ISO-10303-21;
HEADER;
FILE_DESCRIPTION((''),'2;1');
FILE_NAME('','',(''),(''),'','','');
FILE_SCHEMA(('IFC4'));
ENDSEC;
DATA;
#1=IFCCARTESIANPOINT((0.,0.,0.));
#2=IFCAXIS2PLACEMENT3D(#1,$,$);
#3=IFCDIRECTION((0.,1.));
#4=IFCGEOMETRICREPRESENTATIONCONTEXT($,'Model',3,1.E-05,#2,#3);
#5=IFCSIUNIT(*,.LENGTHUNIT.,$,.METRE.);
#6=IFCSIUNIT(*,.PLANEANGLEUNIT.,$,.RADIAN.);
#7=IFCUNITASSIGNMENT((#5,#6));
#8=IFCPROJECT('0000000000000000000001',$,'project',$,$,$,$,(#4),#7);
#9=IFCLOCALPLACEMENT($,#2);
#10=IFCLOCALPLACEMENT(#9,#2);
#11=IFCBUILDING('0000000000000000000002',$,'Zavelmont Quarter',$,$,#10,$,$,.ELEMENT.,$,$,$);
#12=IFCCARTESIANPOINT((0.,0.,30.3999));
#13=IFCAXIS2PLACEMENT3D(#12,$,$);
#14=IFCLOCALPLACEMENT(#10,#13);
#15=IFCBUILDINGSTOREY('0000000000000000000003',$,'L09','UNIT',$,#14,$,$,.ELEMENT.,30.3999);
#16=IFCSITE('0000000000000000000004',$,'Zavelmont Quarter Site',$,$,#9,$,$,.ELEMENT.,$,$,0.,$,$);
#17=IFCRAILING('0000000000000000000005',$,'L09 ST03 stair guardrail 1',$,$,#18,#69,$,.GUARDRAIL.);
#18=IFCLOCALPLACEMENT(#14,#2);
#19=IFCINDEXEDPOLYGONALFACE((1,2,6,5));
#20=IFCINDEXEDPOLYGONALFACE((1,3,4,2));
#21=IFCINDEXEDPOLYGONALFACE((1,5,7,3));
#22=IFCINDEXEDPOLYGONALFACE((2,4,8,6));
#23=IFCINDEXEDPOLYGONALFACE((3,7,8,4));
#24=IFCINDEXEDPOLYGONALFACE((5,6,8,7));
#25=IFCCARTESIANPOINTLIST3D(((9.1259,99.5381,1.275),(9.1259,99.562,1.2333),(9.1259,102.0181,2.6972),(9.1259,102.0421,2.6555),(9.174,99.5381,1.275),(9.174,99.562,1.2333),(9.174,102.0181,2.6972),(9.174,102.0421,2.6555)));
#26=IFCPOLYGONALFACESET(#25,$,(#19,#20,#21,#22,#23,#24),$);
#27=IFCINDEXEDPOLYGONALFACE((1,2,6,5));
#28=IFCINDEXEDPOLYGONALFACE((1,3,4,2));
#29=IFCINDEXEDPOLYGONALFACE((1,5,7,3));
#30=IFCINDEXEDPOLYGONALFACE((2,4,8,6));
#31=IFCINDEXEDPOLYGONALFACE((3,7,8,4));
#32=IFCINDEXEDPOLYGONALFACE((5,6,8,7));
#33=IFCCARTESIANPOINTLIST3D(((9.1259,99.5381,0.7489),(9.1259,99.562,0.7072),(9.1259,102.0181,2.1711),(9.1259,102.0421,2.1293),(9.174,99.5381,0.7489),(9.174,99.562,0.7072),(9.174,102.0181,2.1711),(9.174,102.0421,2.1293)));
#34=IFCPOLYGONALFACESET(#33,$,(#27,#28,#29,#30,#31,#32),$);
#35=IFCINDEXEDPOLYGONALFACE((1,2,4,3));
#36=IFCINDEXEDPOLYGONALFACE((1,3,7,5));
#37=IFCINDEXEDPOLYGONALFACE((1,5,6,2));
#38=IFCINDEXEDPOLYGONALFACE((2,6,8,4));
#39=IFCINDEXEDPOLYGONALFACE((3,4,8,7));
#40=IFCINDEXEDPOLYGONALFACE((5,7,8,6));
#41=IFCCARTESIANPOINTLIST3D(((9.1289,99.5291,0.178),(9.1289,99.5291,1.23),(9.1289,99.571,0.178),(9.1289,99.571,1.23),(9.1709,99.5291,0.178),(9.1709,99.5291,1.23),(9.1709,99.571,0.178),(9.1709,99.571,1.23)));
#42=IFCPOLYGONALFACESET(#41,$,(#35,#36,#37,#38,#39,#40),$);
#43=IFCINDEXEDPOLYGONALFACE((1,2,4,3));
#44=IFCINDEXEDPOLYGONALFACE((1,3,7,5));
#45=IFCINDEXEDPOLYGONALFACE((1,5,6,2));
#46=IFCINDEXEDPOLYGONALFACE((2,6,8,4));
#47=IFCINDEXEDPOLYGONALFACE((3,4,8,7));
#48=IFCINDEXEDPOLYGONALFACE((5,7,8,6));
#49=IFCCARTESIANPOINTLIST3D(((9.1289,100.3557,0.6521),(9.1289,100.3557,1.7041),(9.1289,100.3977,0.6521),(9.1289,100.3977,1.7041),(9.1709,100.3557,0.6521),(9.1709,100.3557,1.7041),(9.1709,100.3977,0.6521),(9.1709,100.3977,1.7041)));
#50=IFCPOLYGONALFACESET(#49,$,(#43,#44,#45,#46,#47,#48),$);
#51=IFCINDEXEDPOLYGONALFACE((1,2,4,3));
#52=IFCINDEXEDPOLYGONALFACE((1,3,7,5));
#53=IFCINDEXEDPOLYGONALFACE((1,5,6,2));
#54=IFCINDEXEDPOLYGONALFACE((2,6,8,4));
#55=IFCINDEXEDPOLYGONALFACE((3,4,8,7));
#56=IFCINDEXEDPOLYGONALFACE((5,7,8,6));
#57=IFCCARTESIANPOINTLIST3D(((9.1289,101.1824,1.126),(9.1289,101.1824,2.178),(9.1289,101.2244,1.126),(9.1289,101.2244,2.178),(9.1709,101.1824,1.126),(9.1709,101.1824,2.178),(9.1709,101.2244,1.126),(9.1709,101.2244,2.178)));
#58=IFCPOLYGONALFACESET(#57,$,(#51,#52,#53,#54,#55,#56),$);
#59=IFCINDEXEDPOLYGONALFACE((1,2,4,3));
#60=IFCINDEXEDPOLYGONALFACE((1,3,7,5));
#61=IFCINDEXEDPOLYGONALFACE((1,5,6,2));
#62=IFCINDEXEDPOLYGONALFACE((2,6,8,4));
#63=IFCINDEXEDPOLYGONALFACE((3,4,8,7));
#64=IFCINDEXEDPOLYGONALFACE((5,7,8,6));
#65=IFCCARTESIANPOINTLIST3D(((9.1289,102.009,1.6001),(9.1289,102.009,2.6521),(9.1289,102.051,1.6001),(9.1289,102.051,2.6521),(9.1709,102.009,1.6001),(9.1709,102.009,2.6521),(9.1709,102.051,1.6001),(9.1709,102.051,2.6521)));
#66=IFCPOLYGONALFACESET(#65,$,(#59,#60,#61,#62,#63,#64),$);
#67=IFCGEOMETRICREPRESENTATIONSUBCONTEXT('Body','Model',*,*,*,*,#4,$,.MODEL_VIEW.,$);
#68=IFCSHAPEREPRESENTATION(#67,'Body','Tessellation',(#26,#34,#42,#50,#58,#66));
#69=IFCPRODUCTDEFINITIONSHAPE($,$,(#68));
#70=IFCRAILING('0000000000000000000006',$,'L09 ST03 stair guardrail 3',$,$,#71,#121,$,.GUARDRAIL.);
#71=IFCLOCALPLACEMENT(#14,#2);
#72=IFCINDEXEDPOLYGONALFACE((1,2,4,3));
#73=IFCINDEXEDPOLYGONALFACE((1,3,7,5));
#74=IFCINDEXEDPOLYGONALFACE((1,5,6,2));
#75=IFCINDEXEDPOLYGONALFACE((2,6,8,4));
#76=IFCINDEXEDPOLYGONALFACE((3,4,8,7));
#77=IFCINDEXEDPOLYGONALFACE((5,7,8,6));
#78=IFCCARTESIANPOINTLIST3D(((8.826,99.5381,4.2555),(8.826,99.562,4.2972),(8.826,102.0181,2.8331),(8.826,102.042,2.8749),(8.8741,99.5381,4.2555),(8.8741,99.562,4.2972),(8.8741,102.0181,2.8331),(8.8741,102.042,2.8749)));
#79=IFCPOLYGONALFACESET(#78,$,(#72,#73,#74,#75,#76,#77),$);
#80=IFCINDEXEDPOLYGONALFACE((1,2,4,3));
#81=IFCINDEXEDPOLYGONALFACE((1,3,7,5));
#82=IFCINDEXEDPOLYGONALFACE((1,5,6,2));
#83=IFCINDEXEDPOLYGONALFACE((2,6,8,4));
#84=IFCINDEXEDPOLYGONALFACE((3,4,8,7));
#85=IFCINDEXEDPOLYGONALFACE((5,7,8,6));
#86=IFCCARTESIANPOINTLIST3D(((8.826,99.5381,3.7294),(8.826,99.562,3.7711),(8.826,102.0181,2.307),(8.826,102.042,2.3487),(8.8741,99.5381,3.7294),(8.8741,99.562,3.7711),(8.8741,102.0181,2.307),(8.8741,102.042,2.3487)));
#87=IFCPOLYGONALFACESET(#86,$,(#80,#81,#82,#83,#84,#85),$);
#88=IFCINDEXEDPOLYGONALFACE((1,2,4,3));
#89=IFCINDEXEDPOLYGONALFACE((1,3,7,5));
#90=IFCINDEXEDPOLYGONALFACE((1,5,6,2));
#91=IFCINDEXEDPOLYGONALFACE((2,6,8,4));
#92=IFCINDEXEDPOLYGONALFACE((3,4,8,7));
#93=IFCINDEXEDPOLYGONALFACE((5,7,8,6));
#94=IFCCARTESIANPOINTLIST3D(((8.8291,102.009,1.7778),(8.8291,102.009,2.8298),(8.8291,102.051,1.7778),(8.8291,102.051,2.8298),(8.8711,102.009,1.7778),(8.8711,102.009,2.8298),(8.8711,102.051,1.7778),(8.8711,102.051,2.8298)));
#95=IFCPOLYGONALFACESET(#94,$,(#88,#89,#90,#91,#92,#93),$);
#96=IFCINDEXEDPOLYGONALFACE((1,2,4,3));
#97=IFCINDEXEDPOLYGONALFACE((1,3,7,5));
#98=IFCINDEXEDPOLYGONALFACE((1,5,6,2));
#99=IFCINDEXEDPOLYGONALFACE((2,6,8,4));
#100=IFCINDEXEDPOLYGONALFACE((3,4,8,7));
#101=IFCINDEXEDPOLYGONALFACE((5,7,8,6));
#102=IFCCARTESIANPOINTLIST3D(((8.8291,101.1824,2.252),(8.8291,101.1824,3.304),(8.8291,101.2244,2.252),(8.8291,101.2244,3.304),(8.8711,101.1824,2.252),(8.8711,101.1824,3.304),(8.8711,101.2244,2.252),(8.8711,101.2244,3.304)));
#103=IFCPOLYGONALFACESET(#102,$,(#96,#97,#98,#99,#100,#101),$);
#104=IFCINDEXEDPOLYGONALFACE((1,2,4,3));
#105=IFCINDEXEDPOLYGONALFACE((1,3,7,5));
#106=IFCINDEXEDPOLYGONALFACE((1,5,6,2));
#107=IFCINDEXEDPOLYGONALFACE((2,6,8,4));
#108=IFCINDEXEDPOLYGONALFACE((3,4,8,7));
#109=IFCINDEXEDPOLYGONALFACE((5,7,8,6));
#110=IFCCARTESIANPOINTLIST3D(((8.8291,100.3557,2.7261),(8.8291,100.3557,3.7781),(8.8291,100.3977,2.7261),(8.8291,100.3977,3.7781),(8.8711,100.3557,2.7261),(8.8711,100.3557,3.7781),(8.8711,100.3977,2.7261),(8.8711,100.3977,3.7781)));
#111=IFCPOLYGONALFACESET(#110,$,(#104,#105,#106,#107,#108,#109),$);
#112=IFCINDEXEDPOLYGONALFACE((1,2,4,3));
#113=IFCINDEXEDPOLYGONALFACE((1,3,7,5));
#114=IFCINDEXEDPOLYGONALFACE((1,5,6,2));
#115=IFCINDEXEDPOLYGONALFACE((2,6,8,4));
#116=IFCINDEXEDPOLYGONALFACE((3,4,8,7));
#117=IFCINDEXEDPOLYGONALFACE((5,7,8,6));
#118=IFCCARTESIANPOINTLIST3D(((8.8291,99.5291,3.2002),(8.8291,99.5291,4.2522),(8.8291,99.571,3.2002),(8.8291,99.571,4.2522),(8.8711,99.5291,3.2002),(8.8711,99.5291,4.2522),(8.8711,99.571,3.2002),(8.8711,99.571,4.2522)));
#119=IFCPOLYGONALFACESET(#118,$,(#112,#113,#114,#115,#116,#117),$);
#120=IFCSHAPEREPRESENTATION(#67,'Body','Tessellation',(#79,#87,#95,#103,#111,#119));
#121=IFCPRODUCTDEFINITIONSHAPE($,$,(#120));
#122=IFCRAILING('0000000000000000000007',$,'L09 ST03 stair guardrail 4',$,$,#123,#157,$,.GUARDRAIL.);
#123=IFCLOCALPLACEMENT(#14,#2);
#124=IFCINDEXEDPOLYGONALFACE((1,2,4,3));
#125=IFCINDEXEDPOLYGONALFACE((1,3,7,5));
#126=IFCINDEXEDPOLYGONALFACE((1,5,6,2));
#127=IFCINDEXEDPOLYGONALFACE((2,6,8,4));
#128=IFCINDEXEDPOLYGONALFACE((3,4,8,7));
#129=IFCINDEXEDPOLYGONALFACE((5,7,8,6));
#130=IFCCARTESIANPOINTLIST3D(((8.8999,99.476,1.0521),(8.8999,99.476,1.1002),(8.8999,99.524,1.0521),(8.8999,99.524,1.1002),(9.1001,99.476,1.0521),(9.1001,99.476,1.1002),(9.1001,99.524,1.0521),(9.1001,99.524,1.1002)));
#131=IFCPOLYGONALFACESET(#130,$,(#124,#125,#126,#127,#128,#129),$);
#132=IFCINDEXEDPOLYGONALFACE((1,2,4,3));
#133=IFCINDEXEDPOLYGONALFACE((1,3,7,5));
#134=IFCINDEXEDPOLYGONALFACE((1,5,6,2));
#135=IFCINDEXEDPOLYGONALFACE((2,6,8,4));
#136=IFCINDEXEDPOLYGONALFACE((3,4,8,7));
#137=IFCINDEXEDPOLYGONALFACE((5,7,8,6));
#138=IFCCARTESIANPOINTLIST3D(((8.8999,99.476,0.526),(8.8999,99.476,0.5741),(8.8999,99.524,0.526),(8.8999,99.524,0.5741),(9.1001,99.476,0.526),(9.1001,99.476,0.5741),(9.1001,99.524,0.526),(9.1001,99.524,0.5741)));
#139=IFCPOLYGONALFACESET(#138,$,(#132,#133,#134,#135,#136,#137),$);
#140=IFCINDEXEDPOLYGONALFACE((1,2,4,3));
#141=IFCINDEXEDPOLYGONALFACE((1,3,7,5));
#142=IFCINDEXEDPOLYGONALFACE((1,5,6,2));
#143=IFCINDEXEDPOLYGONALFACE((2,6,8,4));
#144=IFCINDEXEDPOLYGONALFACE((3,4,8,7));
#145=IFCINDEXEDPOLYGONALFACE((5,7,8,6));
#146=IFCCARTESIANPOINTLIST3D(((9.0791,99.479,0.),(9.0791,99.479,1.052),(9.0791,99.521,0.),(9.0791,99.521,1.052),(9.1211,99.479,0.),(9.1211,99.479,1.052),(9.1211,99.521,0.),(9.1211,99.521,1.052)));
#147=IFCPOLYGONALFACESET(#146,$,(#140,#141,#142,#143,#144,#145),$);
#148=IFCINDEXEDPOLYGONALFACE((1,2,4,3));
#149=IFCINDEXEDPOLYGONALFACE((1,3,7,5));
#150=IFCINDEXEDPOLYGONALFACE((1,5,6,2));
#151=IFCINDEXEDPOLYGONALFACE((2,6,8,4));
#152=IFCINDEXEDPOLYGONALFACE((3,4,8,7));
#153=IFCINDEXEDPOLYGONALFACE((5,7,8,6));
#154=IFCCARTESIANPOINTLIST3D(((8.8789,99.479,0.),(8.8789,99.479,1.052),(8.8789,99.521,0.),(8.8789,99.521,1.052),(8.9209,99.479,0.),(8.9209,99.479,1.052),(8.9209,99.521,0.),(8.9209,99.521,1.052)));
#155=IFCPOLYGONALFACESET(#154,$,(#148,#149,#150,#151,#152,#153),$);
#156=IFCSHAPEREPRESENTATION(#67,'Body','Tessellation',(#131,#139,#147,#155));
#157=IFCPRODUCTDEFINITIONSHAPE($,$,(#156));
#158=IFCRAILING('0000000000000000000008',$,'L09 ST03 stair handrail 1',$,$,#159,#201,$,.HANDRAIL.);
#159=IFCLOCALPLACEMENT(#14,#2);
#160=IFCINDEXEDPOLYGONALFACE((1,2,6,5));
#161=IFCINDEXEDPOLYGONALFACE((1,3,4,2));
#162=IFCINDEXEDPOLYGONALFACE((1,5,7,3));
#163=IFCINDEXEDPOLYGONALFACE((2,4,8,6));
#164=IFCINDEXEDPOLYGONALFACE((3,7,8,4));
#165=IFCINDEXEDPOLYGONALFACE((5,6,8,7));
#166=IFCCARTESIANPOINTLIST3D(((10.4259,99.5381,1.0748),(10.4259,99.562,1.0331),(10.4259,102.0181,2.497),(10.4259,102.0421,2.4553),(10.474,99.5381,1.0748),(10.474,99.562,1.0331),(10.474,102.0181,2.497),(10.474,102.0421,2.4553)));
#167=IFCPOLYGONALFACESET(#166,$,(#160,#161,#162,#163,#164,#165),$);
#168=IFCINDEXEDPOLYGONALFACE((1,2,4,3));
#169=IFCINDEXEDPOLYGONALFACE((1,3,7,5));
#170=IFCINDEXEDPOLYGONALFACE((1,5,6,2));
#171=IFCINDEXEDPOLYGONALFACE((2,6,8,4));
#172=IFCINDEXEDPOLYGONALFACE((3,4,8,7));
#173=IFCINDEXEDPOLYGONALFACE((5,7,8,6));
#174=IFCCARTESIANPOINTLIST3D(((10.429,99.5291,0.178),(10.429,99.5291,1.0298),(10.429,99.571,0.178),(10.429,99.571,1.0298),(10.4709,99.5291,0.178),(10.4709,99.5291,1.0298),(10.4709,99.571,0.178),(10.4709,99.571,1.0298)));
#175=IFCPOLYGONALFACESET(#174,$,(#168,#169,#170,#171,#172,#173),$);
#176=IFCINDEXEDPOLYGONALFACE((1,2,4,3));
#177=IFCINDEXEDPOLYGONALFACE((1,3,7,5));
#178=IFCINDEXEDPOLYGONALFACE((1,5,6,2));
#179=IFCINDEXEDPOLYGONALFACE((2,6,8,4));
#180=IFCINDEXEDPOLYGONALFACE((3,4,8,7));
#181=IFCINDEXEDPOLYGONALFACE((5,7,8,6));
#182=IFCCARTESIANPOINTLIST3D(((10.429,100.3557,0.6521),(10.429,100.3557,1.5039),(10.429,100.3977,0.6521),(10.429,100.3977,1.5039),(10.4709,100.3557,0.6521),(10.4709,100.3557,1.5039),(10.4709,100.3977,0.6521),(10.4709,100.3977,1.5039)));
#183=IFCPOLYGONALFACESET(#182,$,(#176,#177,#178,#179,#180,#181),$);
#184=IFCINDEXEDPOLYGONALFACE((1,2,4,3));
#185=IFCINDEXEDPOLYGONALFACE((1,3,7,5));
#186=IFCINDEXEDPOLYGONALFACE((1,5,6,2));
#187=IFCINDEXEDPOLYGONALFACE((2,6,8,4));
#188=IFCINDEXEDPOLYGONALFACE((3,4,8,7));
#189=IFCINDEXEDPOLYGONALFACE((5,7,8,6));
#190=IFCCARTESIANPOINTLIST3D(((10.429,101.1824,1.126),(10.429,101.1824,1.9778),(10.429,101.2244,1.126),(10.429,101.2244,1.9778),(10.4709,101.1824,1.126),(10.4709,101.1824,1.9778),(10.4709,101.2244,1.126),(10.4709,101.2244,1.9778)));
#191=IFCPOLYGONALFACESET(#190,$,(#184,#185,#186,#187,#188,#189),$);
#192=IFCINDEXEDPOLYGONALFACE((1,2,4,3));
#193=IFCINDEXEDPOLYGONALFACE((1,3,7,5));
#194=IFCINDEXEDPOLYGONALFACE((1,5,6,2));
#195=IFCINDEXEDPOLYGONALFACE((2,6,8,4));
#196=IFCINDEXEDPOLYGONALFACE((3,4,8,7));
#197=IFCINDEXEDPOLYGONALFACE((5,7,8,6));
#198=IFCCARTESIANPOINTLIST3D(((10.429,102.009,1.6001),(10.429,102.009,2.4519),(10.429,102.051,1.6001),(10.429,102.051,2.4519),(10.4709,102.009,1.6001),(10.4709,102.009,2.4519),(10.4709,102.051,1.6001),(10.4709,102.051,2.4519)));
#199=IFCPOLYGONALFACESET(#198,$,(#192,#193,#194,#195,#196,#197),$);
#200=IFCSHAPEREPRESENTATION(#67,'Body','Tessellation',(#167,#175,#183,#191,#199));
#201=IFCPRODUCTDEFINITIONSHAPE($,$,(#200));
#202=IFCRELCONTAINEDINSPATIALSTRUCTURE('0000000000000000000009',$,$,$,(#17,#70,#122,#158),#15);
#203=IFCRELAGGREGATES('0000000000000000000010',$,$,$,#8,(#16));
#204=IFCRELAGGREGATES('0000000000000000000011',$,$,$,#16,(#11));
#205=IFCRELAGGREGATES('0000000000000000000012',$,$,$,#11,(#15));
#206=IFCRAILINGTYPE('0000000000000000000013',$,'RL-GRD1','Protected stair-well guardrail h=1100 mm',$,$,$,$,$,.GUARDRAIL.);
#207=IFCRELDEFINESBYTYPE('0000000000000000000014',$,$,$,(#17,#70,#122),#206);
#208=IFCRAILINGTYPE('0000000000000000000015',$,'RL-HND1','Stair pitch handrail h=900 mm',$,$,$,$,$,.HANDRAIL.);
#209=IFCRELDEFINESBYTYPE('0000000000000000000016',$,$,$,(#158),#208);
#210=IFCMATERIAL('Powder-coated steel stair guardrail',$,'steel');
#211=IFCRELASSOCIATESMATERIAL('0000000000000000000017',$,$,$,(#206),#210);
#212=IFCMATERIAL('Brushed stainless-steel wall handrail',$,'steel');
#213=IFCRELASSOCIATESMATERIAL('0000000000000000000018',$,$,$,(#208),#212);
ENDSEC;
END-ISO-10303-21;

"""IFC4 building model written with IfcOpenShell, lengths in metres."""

from ifc_helpers import new_model, si_unit, direction, frame, origin, origin_2d, place, context, subcontext, project, spatial, rectangle, extrude, material, type_object, element, save


model = new_model("IFC4")

# Units and contexts
model_context = context("Model", 3, precision=1e-05, world=origin(), true_north=direction((0.0, 1.0)))
body_context = subcontext(model_context, "Body", "Model", "MODEL_VIEW")
ifc_project = project(units=[si_unit("LENGTHUNIT", "METRE"), si_unit("PLANEANGLEUNIT", "RADIAN")], contexts=[model_context])

# Site, building, storey
site_placement = place(None, origin())
site = spatial("IfcSite", under=ifc_project, at=site_placement, Name="Zavelmont Quarter Site", CompositionType="ELEMENT", RefElevation=0.0)
building_placement = place(site_placement, origin())
building = spatial("IfcBuilding", under=site, at=building_placement, Name="Zavelmont Quarter", CompositionType="ELEMENT")
storey_placement = place(building_placement, frame((0.0, 0.0, 30.3999)))
storey = spatial("IfcBuildingStorey", under=building, at=storey_placement, Name="L09", Description="UNIT", CompositionType="ELEMENT", Elevation=30.3999)

# Railings
ifc_material_1 = material(Name="Powder-coated steel stair guardrail", Category="steel")
railing_type_1 = type_object("IfcRailingType", Name="RL-GRD1", Description="Protected stair-well guardrail h=1100 mm", PredefinedType="GUARDRAIL", material=ifc_material_1)
railing_1_placement = place(storey_placement, frame((9.1499, 99.55, 0.178)))
element("IfcRailing", 1, at=railing_1_placement, inside=storey, type_object=railing_type_1, Name="L09 ST03 stair guardrail 1", PredefinedType="GUARDRAIL", context=body_context, shape_type="SweptSolid", body=[
    extrude(rectangle(XDim=0.0481, YDim=0.0481, at=origin_2d()), frame((0.0, 0.0, 1.0762), z_axis=(0.0, 0.867491, 0.497454), x_axis=(-1.0, 0.0, 0.0)), (0.0, 0.0, 1.0), 2.8589),
    extrude(rectangle(XDim=0.0481, YDim=0.0481, at=origin_2d()), frame((0.0, 0.0, 0.55), z_axis=(0.0, 0.867491, 0.497454), x_axis=(-1.0, 0.0, 0.0)), (0.0, 0.0, 1.0), 2.8589),
    extrude(rectangle(XDim=0.042, YDim=0.042, at=origin_2d()), origin(), (0.0, 0.0, 1.0), 1.052),
    extrude(rectangle(XDim=0.042, YDim=0.042, at=origin_2d()), frame((0.0, 0.8267, 0.4741)), (0.0, 0.0, 1.0), 1.052),
    extrude(rectangle(XDim=0.042, YDim=0.042, at=origin_2d()), frame((0.0, 1.6533, 0.948)), (0.0, 0.0, 1.0), 1.052),
    extrude(rectangle(XDim=0.042, YDim=0.042, at=origin_2d()), frame((0.0, 2.48, 1.4221)), (0.0, 0.0, 1.0), 1.052),
])
railing_2_placement = place(storey_placement, frame((8.8501, 102.03, 1.7778)))
element("IfcRailing", 2, at=railing_2_placement, inside=storey, type_object=railing_type_1, Name="L09 ST03 stair guardrail 3", PredefinedType="GUARDRAIL", context=body_context, shape_type="SweptSolid", body=[
    extrude(rectangle(XDim=0.0481, YDim=0.0481, at=origin_2d()), frame((0.0, 0.0, 1.0762), z_axis=(0.0, -0.867454, 0.497518), x_axis=(1.0, 0.0, 0.0)), (0.0, 0.0, 1.0), 2.8589),
    extrude(rectangle(XDim=0.0481, YDim=0.0481, at=origin_2d()), frame((0.0, 0.0, 0.55), z_axis=(0.0, -0.867454, 0.497518), x_axis=(1.0, 0.0, 0.0)), (0.0, 0.0, 1.0), 2.8589),
    extrude(rectangle(XDim=0.042, YDim=0.042, at=origin_2d()), origin(), (0.0, 0.0, 1.0), 1.052),
    extrude(rectangle(XDim=0.042, YDim=0.042, at=origin_2d()), frame((0.0, -0.8267, 0.4741)), (0.0, 0.0, 1.0), 1.052),
    extrude(rectangle(XDim=0.042, YDim=0.042, at=origin_2d()), frame((0.0, -1.6533, 0.9482)), (0.0, 0.0, 1.0), 1.052),
    extrude(rectangle(XDim=0.042, YDim=0.042, at=origin_2d()), frame((0.0, -2.48, 1.4224)), (0.0, 0.0, 1.0), 1.052),
])
railing_3_placement = place(storey_placement, frame((9.1001, 99.5, 0.0)))
element("IfcRailing", 3, at=railing_3_placement, inside=storey, type_object=railing_type_1, Name="L09 ST03 stair guardrail 4", PredefinedType="GUARDRAIL", context=body_context, shape_type="SweptSolid", body=[
    extrude(rectangle(XDim=0.0481, YDim=0.0481, at=origin_2d()), frame((0.0, 0.0, 1.0762), z_axis=(-1.0, 0.0, 0.0), x_axis=(0.0, -1.0, 0.0)), (0.0, 0.0, 1.0), 0.2002),
    extrude(rectangle(XDim=0.0481, YDim=0.0481, at=origin_2d()), frame((0.0, 0.0, 0.55), z_axis=(-1.0, 0.0, 0.0), x_axis=(0.0, -1.0, 0.0)), (0.0, 0.0, 1.0), 0.2002),
    extrude(rectangle(XDim=0.042, YDim=0.042, at=origin_2d()), origin(), (0.0, 0.0, 1.0), 1.052),
    extrude(rectangle(XDim=0.042, YDim=0.042, at=origin_2d()), frame((-0.2002, 0.0, 0.0)), (0.0, 0.0, 1.0), 1.052),
])
ifc_material_2 = material(Name="Brushed stainless-steel wall handrail", Category="steel")
railing_type_2 = type_object("IfcRailingType", Name="RL-HND1", Description="Stair pitch handrail h=900 mm", PredefinedType="HANDRAIL", material=ifc_material_2)
railing_4_placement = place(storey_placement, frame((10.45, 99.55, 0.178)))
element("IfcRailing", 4, at=railing_4_placement, inside=storey, type_object=railing_type_2, Name="L09 ST03 stair handrail 1", PredefinedType="HANDRAIL", context=body_context, shape_type="SweptSolid", body=[
    extrude(rectangle(XDim=0.0481, YDim=0.0481, at=origin_2d()), frame((0.0, 0.0, 0.876), z_axis=(0.0, 0.867491, 0.497454), x_axis=(-1.0, 0.0, 0.0)), (0.0, 0.0, 1.0), 2.8589),
    extrude(rectangle(XDim=0.042, YDim=0.042, at=origin_2d()), origin(), (0.0, 0.0, 1.0), 0.8518),
    extrude(rectangle(XDim=0.042, YDim=0.042, at=origin_2d()), frame((0.0, 0.8267, 0.4741)), (0.0, 0.0, 1.0), 0.8518),
    extrude(rectangle(XDim=0.042, YDim=0.042, at=origin_2d()), frame((0.0, 1.6533, 0.948)), (0.0, 0.0, 1.0), 0.8518),
    extrude(rectangle(XDim=0.042, YDim=0.042, at=origin_2d()), frame((0.0, 2.48, 1.4221)), (0.0, 0.0, 1.0), 0.8518),
])

save(model, "model.ifc")
